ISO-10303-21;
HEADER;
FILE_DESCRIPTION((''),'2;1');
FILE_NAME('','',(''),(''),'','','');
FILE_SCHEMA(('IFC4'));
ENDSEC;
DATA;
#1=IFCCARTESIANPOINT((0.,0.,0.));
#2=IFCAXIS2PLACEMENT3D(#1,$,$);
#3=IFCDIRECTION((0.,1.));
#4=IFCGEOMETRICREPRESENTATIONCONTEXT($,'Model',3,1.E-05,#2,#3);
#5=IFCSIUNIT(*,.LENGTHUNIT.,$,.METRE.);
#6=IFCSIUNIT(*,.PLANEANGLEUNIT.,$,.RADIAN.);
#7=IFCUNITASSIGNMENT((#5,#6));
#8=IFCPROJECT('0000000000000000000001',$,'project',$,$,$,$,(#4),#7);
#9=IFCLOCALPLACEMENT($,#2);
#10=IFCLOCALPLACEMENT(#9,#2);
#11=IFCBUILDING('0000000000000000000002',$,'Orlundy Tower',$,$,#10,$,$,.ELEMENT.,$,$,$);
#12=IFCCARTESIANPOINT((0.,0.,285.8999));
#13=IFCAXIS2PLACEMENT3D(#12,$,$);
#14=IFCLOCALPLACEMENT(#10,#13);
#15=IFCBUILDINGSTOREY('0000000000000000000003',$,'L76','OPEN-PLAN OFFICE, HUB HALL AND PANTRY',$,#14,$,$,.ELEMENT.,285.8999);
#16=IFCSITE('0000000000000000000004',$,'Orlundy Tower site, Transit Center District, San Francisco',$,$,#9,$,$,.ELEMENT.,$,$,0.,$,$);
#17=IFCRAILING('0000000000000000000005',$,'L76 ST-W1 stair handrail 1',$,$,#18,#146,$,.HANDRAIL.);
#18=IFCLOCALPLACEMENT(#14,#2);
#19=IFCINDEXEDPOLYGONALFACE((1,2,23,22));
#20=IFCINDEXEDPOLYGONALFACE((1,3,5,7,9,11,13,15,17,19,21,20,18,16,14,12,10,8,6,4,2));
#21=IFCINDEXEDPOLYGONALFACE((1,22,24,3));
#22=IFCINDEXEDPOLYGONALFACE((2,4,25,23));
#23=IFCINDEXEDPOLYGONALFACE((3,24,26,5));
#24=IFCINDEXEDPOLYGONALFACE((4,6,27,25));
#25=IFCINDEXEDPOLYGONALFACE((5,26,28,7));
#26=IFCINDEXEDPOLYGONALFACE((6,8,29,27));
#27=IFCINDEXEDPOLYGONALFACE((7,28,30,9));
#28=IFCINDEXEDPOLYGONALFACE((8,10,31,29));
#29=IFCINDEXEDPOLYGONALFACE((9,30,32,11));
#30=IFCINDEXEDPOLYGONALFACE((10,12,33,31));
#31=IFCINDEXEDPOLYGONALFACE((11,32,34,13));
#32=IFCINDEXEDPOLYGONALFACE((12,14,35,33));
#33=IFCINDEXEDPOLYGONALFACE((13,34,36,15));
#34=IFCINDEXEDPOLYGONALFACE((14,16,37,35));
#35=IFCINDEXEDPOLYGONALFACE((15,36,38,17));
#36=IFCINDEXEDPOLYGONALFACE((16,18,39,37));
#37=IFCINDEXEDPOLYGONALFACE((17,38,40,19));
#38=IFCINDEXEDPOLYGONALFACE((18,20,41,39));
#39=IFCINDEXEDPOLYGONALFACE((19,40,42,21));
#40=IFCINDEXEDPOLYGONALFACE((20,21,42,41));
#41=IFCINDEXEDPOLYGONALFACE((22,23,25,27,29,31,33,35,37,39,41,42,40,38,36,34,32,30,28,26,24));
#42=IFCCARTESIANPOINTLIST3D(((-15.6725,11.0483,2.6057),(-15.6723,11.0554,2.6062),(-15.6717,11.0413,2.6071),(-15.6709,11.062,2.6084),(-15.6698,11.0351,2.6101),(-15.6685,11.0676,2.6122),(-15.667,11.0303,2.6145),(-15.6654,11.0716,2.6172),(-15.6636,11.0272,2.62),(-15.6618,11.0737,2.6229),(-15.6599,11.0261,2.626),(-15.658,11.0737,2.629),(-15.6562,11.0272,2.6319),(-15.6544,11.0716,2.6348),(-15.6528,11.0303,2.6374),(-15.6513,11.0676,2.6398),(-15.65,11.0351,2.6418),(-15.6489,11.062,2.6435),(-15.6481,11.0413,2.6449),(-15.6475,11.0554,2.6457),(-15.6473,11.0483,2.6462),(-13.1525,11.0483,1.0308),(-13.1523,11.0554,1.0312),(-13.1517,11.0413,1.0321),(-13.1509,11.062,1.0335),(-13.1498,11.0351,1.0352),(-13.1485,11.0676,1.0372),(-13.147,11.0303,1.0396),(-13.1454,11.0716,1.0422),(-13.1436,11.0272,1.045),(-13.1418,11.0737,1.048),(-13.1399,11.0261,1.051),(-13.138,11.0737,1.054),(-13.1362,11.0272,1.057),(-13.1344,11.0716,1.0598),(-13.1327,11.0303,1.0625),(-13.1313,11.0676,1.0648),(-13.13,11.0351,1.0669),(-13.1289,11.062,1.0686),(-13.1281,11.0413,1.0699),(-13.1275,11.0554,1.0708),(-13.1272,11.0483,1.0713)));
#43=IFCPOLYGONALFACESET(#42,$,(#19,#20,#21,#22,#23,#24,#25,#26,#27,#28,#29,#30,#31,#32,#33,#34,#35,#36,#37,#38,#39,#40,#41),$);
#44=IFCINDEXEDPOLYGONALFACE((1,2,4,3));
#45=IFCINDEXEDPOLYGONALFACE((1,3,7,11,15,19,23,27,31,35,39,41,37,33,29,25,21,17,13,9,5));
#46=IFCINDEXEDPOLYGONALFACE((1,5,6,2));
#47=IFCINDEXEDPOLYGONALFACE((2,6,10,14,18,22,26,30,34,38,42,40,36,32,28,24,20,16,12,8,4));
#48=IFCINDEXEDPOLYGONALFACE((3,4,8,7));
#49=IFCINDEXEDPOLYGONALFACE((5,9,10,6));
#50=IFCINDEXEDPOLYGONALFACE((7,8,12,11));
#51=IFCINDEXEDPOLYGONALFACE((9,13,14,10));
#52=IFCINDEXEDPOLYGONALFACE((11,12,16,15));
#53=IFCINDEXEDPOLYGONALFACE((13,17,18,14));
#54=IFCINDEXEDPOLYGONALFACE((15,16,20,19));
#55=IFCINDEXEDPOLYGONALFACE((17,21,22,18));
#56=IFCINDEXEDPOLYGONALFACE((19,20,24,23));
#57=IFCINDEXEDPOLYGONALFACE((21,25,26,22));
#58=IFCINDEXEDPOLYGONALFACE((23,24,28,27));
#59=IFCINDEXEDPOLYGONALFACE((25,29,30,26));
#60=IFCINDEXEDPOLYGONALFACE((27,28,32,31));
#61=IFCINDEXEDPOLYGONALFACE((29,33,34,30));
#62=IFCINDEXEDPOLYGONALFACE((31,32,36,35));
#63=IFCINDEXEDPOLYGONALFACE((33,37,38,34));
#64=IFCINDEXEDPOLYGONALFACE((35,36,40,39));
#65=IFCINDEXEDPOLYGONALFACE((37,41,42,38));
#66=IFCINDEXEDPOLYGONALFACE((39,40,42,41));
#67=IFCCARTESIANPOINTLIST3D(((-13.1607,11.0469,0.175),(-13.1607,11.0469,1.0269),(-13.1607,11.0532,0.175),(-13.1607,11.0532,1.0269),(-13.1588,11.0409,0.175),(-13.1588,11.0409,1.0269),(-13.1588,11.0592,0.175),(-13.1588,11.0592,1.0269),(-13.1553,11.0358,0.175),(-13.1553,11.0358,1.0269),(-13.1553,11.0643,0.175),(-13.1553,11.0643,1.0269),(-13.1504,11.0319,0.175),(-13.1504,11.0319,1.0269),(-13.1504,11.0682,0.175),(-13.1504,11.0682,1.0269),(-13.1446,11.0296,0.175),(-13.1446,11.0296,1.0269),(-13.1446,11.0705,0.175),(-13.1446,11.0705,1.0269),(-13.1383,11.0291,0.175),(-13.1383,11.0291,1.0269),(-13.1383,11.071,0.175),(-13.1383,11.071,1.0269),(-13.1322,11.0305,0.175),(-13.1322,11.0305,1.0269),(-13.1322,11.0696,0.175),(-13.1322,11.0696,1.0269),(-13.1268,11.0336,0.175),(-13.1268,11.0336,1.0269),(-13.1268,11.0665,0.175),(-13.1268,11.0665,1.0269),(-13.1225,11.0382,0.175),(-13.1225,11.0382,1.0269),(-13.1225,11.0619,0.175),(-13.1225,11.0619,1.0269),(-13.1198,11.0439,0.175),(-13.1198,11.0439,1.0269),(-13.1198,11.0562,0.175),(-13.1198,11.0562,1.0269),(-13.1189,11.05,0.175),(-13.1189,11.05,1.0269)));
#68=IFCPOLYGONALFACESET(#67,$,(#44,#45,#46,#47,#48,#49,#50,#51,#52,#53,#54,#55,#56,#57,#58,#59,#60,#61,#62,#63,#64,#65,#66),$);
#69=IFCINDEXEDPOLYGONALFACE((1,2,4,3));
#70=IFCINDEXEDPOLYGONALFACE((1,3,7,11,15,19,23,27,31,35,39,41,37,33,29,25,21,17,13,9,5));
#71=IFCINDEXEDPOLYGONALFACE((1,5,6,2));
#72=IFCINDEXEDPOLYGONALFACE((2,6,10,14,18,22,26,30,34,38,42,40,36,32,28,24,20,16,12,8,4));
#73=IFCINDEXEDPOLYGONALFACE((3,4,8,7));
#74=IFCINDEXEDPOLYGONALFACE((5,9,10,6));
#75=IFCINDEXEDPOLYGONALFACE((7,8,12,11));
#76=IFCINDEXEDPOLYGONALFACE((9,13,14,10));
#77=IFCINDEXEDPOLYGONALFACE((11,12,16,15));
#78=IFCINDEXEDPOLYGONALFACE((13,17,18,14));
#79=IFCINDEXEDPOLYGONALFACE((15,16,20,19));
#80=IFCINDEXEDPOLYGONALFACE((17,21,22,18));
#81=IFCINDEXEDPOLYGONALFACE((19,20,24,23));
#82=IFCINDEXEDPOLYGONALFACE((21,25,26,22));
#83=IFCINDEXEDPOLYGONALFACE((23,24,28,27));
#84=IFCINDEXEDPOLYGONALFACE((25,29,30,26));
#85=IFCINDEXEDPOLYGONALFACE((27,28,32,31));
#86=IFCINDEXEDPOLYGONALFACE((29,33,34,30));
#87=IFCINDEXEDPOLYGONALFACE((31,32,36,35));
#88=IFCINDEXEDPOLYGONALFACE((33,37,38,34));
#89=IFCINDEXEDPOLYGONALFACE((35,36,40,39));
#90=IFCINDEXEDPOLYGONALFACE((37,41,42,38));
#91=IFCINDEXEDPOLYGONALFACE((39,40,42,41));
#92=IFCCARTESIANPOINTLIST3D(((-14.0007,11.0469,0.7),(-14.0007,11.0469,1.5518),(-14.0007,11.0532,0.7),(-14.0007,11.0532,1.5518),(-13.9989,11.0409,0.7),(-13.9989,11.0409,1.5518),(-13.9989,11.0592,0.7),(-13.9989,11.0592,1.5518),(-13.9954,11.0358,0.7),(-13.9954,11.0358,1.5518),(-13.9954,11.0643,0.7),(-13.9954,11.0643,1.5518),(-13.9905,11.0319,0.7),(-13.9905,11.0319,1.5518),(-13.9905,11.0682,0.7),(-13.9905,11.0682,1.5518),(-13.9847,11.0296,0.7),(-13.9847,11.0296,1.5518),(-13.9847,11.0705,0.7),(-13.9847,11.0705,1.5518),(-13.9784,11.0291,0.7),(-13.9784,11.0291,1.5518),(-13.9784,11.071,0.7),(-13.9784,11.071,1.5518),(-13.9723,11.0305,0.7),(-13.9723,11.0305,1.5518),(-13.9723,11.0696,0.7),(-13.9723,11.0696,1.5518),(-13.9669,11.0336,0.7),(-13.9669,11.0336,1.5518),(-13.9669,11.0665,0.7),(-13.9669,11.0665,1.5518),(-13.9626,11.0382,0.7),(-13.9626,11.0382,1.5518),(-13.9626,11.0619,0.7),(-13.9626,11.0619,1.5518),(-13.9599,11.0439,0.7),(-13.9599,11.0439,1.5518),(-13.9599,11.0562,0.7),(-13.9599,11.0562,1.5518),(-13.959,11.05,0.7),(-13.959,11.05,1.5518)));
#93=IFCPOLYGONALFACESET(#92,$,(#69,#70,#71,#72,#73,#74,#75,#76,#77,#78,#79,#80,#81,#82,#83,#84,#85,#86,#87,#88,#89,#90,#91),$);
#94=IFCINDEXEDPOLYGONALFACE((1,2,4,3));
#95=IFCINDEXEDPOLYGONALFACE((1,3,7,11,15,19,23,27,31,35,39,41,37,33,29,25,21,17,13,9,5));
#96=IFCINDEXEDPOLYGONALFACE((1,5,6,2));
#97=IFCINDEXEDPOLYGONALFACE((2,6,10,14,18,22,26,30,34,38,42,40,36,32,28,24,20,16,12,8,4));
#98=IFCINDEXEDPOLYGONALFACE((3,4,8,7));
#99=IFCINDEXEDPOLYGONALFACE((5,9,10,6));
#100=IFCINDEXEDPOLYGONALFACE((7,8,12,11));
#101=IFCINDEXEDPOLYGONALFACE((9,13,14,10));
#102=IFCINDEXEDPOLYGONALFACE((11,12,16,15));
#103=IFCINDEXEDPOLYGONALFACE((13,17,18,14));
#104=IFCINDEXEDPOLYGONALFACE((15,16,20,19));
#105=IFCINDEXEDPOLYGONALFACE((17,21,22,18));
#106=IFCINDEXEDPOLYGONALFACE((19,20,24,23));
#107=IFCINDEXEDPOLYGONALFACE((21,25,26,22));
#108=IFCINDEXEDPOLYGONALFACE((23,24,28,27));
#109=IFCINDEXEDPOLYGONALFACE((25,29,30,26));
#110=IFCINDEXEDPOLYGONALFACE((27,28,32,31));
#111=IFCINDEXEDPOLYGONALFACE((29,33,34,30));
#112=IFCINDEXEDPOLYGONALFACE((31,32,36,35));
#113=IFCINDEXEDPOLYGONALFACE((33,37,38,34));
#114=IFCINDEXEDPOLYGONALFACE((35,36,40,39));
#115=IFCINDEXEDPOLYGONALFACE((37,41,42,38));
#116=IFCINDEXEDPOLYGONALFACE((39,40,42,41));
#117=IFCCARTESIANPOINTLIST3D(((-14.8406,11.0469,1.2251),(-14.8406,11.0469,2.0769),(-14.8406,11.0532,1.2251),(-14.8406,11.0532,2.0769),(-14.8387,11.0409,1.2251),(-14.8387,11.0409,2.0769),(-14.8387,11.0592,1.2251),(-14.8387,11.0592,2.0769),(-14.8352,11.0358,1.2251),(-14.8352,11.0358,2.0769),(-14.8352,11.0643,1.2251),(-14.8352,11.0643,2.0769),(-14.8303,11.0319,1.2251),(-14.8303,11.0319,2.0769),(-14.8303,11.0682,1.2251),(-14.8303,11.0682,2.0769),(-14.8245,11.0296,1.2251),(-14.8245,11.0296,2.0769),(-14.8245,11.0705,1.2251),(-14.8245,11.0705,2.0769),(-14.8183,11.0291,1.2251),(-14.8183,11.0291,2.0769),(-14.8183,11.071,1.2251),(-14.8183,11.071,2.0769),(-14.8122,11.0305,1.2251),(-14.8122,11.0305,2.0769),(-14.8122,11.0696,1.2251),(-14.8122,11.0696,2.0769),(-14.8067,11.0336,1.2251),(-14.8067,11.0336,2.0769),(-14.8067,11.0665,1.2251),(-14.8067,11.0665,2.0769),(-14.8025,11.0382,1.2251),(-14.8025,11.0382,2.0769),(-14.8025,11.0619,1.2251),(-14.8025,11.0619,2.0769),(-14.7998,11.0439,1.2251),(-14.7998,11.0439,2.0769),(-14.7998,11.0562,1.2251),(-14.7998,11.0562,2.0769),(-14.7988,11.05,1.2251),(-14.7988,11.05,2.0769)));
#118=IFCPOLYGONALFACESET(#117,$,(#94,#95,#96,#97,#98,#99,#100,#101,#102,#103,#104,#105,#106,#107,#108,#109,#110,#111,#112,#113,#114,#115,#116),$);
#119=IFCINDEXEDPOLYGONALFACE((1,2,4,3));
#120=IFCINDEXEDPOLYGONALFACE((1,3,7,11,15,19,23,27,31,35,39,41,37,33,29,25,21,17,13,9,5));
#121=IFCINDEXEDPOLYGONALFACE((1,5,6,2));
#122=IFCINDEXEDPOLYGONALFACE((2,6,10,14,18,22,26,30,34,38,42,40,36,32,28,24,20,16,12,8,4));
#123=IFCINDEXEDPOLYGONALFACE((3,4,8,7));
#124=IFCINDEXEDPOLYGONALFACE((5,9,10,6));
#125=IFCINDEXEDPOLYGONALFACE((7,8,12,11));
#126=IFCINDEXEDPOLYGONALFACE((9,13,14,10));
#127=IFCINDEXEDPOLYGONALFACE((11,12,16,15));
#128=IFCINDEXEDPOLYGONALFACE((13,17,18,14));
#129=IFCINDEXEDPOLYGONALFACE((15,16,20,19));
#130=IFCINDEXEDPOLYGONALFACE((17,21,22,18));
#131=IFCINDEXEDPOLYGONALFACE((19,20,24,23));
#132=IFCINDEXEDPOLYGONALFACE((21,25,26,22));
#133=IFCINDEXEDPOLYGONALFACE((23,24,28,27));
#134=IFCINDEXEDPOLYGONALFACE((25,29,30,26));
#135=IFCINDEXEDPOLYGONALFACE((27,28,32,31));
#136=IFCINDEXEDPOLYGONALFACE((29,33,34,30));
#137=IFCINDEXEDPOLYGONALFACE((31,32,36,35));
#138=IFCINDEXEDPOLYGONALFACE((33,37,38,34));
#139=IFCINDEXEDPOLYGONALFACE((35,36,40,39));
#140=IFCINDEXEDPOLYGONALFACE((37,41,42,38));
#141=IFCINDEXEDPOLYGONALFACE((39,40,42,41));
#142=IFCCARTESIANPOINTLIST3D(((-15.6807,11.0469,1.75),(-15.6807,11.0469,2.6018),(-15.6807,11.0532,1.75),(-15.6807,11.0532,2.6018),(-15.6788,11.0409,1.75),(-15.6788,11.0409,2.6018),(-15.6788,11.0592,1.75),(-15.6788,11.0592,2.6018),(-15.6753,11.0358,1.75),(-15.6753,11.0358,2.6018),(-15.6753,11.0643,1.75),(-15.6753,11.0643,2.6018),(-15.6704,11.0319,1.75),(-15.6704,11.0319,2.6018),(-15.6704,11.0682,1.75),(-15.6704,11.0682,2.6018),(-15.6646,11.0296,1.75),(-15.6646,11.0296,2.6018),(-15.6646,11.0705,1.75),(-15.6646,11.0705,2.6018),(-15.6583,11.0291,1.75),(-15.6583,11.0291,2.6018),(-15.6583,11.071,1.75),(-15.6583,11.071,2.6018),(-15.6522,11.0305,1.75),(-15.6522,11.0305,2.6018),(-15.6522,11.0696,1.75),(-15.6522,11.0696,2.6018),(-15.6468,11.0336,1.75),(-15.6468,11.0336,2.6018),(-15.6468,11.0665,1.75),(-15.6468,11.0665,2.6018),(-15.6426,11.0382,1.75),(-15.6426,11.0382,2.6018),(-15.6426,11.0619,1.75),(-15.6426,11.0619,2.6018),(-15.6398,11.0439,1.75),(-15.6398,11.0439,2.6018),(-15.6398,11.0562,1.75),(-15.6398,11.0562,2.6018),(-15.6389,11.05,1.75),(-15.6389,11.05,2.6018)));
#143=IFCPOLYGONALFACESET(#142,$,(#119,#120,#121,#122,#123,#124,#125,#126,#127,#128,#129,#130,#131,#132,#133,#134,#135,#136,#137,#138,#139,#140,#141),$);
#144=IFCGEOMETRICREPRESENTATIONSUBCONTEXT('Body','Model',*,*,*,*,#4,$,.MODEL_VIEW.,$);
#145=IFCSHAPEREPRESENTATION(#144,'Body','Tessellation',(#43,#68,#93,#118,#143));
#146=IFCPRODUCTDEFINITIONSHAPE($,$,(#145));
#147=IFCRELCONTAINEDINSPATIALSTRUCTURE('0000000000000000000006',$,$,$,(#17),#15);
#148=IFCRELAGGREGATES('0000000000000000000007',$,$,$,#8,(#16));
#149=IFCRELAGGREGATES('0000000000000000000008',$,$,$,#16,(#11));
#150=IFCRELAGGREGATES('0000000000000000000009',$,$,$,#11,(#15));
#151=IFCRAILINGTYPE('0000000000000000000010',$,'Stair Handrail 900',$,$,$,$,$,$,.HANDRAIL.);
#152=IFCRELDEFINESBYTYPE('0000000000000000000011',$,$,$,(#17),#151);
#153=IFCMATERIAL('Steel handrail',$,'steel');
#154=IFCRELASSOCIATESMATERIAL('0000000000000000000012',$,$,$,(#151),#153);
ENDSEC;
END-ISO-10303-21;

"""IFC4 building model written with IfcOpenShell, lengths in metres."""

from ifc_helpers import new_model, si_unit, direction, frame, origin, origin_2d, place, context, subcontext, project, spatial, circle, extrude, material, type_object, element, save


model = new_model("IFC4")

# Units and contexts
model_context = context("Model", 3, precision=1e-05, world=origin(), true_north=direction((0.0, 1.0)))
body_context = subcontext(model_context, "Body", "Model", "MODEL_VIEW")
ifc_project = project(units=[si_unit("LENGTHUNIT", "METRE"), si_unit("PLANEANGLEUNIT", "RADIAN")], contexts=[model_context])

# Site, building, storey
site_placement = place(None, origin())
site = spatial("IfcSite", under=ifc_project, at=site_placement, Name="Orlundy Tower site, Transit Center District, San Francisco", CompositionType="ELEMENT", RefElevation=0.0)
building_placement = place(site_placement, origin())
building = spatial("IfcBuilding", under=site, at=building_placement, Name="Orlundy Tower", CompositionType="ELEMENT")
storey_placement = place(building_placement, frame((0.0, 0.0, 285.8999)))
storey = spatial("IfcBuildingStorey", under=building, at=storey_placement, Name="L76", Description="OPEN-PLAN OFFICE, HUB HALL AND PANTRY", CompositionType="ELEMENT", Elevation=285.8999)

# Railing
ifc_material_1 = material(Name="Steel handrail", Category="steel")
railing_type_1 = type_object("IfcRailingType", Name="Stair Handrail 900", PredefinedType="HANDRAIL", material=ifc_material_1)
railing_1_placement = place(storey_placement, frame((-13.1399, 11.05, 0.175)))
element("IfcRailing", 1, at=railing_1_placement, inside=storey, type_object=railing_type_1, Name="L76 ST-W1 stair handrail 1", PredefinedType="HANDRAIL", context=body_context, shape_type="SweptSolid", body=[
    extrude(circle(Radius=0.0239, at=origin_2d()), frame((0.0, 0.0, 0.876), z_axis=(-0.848008, 0.0, 0.529984), x_axis=(0.0, -1.0, 0.0)), (0.0, 0.0, 1.0), 2.9717),
    extrude(circle(Radius=0.021, at=origin_2d()), origin(), (0.0, 0.0, 1.0), 0.8518),
    extrude(circle(Radius=0.021, at=origin_2d()), frame((-0.8401, 0.0, 0.5249)), (0.0, 0.0, 1.0), 0.8518),
    extrude(circle(Radius=0.021, at=origin_2d()), frame((-1.6799, 0.0, 1.05)), (0.0, 0.0, 1.0), 0.8518),
    extrude(circle(Radius=0.021, at=origin_2d()), frame((-2.52, 0.0, 1.575)), (0.0, 0.0, 1.0), 0.8518),
])

save(model, "model.ifc")
